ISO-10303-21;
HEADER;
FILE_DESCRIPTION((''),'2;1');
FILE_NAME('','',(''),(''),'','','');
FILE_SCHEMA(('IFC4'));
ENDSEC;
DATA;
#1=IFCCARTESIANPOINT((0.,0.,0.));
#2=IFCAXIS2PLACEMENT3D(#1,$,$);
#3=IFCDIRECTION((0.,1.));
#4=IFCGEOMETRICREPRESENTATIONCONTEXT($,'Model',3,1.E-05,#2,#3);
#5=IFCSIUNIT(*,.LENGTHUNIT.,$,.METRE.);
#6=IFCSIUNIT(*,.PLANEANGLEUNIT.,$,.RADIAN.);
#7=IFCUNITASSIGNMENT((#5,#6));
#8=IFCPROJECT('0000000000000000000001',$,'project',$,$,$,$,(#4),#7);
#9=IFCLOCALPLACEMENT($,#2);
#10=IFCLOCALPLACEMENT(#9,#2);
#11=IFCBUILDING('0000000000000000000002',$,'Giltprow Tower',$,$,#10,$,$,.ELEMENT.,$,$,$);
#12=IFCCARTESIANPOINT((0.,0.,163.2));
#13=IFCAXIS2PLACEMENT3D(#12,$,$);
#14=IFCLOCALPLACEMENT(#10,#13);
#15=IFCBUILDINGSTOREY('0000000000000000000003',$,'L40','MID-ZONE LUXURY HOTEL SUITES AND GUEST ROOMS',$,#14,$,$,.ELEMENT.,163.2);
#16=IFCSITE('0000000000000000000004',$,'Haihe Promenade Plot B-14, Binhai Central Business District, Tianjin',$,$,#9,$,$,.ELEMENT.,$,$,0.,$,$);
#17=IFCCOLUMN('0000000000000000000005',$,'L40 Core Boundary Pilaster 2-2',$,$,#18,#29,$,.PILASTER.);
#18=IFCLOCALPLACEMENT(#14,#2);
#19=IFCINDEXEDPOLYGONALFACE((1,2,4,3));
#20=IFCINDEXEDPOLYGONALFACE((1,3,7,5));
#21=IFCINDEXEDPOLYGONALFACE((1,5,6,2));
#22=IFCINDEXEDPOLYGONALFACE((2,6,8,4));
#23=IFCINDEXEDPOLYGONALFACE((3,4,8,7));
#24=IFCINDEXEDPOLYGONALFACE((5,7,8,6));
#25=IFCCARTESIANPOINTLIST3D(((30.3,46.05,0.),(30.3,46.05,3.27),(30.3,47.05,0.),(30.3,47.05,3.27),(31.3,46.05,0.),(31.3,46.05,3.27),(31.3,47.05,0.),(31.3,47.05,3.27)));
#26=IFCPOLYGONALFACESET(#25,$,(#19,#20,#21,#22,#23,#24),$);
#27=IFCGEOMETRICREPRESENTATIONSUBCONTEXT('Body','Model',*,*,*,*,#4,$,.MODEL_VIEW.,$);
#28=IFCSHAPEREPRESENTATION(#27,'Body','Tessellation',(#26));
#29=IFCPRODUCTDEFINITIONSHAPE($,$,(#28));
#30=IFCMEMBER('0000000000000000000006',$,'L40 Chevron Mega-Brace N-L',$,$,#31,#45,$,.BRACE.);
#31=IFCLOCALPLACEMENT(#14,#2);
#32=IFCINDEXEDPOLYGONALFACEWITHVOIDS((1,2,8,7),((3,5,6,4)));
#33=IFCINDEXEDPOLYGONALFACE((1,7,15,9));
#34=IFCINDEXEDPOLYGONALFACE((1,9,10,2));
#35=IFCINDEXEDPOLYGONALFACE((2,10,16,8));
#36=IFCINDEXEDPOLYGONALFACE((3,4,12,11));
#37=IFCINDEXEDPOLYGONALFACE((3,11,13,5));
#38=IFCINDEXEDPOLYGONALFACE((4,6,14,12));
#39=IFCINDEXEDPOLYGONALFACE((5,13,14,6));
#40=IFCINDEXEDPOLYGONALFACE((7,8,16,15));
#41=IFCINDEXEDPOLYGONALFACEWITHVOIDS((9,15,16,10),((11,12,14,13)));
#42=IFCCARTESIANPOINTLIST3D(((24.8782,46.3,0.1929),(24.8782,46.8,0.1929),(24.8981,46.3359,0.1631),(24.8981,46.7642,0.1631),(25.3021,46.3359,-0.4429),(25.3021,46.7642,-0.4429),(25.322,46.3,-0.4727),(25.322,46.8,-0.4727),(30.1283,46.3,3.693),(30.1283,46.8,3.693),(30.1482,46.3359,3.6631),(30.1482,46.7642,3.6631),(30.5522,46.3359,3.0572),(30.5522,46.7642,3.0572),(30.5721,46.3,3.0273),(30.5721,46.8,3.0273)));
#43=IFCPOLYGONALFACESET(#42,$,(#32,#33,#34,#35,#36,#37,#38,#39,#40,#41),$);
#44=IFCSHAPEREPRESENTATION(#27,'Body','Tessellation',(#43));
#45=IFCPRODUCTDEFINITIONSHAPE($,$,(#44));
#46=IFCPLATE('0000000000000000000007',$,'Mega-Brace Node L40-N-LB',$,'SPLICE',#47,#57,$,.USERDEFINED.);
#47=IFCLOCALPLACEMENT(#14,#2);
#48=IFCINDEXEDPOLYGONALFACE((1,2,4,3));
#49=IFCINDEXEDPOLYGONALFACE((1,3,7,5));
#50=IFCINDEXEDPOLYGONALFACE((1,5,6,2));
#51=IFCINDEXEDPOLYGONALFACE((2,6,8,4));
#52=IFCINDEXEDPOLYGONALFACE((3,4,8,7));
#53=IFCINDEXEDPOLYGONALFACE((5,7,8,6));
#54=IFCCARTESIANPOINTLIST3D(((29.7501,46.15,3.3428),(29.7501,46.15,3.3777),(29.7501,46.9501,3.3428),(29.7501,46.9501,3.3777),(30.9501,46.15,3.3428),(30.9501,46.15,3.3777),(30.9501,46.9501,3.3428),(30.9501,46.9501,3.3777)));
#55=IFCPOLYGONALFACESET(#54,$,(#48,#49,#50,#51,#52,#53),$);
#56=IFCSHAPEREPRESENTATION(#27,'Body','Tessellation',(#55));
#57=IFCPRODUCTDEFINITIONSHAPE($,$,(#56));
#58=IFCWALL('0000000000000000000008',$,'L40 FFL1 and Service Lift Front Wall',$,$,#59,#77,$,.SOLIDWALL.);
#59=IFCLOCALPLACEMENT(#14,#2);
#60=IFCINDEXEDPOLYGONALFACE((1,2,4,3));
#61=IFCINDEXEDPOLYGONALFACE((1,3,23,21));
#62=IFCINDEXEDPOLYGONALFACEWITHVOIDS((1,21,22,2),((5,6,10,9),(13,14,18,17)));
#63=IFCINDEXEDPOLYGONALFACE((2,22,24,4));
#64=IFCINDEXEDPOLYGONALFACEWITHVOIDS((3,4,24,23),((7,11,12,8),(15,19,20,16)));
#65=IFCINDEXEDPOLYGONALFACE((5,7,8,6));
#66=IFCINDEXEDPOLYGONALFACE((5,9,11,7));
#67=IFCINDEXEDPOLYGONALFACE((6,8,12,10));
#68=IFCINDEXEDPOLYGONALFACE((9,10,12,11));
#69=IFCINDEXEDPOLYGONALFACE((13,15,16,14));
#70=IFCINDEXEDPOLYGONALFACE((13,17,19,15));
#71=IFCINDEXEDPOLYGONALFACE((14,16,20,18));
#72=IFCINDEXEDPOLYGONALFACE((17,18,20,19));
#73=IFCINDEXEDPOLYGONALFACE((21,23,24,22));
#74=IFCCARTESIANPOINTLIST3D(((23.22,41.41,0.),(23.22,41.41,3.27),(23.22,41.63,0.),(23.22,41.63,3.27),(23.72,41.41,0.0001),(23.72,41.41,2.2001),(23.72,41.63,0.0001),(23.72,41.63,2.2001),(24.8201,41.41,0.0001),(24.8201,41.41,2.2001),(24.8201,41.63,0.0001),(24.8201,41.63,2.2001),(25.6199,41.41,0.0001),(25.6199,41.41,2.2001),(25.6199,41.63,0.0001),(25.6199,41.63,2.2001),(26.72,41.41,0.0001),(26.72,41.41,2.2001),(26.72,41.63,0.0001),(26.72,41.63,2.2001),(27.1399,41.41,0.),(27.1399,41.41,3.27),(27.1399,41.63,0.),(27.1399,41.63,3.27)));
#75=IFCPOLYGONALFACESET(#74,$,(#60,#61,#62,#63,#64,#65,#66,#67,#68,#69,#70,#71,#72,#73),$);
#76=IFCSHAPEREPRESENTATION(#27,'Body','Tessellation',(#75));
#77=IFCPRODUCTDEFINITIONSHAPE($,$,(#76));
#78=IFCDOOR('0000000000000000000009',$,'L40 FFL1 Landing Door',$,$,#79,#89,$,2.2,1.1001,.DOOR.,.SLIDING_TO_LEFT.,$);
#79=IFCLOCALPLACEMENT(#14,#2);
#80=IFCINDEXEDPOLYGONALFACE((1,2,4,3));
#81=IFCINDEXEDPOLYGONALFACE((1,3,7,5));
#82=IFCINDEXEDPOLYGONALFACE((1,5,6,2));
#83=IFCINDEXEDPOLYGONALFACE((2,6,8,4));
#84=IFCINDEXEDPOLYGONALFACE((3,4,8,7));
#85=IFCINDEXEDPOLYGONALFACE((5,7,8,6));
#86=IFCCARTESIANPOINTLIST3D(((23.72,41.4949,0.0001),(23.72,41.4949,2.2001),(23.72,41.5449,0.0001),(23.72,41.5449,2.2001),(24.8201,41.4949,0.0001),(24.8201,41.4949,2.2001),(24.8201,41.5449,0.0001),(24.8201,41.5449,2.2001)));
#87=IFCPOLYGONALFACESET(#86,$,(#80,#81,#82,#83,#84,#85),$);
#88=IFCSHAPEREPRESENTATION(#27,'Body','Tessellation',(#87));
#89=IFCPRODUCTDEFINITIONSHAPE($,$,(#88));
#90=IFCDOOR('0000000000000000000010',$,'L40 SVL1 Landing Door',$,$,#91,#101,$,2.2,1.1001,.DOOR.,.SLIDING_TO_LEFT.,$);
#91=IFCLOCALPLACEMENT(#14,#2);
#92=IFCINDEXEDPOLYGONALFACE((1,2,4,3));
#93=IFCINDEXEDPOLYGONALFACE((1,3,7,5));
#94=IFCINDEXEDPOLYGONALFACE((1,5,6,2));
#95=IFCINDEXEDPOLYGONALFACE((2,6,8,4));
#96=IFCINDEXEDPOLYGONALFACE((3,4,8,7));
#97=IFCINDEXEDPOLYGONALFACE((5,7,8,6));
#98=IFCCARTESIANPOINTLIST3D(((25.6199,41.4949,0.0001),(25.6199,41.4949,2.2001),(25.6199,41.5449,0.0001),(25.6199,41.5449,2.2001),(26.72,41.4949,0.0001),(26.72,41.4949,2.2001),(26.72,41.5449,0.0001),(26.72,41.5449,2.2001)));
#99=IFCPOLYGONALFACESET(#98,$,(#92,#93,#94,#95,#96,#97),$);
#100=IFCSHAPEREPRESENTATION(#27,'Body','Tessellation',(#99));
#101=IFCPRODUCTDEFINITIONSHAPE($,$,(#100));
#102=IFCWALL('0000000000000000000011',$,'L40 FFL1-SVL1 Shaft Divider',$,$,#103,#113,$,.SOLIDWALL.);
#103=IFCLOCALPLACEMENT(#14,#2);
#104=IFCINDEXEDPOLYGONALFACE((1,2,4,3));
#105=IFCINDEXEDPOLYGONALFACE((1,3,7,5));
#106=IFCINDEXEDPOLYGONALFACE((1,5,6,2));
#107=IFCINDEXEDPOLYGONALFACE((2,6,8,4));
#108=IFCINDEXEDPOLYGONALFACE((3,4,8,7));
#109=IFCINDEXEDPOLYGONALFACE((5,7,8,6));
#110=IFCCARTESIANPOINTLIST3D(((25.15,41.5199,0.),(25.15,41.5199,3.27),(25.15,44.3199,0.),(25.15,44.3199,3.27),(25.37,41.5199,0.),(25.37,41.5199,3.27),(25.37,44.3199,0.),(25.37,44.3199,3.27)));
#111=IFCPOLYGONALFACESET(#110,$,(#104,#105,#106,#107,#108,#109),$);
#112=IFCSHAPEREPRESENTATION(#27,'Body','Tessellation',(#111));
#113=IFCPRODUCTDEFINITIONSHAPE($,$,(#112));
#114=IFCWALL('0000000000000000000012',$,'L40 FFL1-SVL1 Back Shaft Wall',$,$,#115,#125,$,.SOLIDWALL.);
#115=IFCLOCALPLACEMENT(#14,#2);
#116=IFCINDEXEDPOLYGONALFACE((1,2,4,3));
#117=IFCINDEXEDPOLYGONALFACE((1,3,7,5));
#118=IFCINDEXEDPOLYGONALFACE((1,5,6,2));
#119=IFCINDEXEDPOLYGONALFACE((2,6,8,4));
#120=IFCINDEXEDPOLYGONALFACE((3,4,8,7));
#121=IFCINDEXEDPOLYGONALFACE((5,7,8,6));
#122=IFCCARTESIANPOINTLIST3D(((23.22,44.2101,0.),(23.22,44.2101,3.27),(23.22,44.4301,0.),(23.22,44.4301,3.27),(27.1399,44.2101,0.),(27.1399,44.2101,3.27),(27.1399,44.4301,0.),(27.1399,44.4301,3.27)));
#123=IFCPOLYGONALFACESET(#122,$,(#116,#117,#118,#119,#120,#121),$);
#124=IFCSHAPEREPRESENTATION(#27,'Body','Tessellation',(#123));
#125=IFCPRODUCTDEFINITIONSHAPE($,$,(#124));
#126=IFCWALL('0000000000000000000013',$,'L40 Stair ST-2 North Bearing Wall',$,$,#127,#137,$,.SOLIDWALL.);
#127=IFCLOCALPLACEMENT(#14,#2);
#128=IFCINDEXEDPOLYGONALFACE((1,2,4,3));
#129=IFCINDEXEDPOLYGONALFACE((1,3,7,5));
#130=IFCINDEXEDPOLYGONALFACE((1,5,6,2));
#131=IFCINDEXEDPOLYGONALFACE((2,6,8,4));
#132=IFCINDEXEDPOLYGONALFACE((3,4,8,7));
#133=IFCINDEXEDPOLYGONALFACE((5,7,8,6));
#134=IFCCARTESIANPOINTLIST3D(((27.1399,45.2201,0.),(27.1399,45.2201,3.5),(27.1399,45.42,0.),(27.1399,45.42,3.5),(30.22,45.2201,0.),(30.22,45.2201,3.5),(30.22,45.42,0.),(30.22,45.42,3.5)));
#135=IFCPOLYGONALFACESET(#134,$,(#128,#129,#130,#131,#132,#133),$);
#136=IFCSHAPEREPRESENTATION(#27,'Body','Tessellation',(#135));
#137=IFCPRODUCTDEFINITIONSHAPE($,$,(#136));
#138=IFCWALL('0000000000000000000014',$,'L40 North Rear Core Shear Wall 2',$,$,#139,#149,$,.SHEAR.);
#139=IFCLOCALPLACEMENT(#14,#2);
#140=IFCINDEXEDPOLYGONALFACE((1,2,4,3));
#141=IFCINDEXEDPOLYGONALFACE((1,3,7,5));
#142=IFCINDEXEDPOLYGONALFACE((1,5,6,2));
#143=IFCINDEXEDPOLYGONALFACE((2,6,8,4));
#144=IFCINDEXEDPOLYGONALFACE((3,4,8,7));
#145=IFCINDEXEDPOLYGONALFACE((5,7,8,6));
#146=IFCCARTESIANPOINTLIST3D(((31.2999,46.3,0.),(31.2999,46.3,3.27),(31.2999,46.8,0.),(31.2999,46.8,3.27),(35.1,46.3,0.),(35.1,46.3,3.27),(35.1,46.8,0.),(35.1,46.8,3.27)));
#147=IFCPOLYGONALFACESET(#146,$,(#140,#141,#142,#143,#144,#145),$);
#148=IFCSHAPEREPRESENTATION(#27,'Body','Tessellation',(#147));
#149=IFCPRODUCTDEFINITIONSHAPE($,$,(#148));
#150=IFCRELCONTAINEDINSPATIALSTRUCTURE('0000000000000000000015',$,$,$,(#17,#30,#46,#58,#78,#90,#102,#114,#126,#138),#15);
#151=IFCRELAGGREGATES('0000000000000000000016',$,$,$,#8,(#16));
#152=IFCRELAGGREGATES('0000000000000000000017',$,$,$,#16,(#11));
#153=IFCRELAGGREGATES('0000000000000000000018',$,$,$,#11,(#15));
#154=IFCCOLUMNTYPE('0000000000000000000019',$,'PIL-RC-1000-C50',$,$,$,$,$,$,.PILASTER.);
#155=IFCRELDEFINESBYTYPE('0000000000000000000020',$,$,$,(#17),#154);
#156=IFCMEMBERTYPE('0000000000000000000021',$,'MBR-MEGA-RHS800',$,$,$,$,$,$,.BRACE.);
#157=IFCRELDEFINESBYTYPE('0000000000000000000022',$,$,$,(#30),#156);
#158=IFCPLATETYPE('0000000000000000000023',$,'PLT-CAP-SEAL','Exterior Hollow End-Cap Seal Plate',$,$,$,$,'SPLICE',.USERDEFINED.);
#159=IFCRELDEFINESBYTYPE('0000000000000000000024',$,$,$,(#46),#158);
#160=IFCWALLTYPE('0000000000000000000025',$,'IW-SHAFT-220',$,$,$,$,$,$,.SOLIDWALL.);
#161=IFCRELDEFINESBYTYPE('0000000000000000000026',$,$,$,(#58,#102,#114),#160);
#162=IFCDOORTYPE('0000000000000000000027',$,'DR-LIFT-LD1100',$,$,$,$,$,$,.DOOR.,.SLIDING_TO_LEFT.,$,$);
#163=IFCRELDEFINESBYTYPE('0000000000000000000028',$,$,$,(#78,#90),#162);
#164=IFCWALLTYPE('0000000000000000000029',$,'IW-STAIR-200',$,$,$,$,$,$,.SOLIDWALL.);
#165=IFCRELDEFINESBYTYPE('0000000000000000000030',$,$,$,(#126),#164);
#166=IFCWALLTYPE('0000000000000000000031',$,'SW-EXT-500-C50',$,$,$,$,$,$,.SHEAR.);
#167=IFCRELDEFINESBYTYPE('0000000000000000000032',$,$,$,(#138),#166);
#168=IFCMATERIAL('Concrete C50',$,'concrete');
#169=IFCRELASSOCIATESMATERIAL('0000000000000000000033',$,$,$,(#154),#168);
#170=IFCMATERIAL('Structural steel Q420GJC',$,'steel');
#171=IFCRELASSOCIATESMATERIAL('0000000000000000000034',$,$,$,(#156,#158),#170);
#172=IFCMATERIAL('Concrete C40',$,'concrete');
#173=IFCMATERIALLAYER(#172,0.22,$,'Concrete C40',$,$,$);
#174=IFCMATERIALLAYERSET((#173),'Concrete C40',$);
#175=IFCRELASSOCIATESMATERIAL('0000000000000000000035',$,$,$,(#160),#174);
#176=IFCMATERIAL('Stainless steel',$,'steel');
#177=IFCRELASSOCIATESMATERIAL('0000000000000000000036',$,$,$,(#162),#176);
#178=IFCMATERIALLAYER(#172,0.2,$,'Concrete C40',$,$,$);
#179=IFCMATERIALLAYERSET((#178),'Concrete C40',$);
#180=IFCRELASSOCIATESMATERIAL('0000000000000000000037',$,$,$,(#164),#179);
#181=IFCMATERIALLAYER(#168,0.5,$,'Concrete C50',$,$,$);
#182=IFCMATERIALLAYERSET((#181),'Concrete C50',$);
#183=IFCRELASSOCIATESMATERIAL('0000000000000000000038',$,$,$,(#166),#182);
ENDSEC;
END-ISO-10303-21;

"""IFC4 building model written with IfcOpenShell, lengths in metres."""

from ifc_helpers import new_model, si_unit, direction, frame, frame_2d, origin, origin_2d, place, context, subcontext, project, spatial, rectangle, hollow_rectangle, extrude, source, transform, mapped, material, layer, layer_set, material_profile, profile_set, type_object, element, fill, save


model = new_model("IFC4")

# Units and contexts
model_context = context("Model", 3, precision=1e-05, world=origin(), true_north=direction((0.0, 1.0)))
body_context = subcontext(model_context, "Body", "Model", "MODEL_VIEW")
ifc_project = project(units=[si_unit("LENGTHUNIT", "METRE"), si_unit("PLANEANGLEUNIT", "RADIAN")], contexts=[model_context])

# Site, building, storey
site_placement = place(None, origin())
site = spatial("IfcSite", under=ifc_project, at=site_placement, Name="Haihe Promenade Plot B-14, Binhai Central Business District, Tianjin", CompositionType="ELEMENT", RefElevation=0.0)
building_placement = place(site_placement, origin())
building = spatial("IfcBuilding", under=site, at=building_placement, Name="Giltprow Tower", CompositionType="ELEMENT")
storey_placement = place(building_placement, frame((0.0, 0.0, 163.2)))
storey = spatial("IfcBuildingStorey", under=building, at=storey_placement, Name="L40", Description="MID-ZONE LUXURY HOTEL SUITES AND GUEST ROOMS", CompositionType="ELEMENT", Elevation=163.2)

# Column
ifc_material_1 = material(Name="Concrete C50", Category="concrete")
ifc_material_profile_1 = material_profile(ifc_material_1, rectangle(XDim=1.0, YDim=1.0, at=origin_2d()), Name="RC 1000x1000")
ifc_profile_set_1 = profile_set([ifc_material_profile_1], Name="Concrete C50")
column_type = type_object("IfcColumnType", Name="PIL-RC-1000-C50", PredefinedType="PILASTER", material=ifc_profile_set_1)
shared_shape_1 = source(origin(), body_context, "Body", "SweptSolid", [
    extrude(rectangle(XDim=1.0, YDim=1.0, at=origin_2d()), origin(), (0.0, 0.0, 1.0), 3.27),
])
column_placement = place(storey_placement, frame((30.8, 46.55, 0.0), z_axis=(0.0, 0.0, 1.0), x_axis=(1.0, 0.0, 0.0)))
element("IfcColumn", 1, at=column_placement, inside=storey, type_object=column_type, Name="L40 Core Boundary Pilaster 2-2", PredefinedType="PILASTER", context=body_context, shape_type="MappedRepresentation", body=[
    mapped(shared_shape_1, transform((0.0, 0.0, 0.0), x_axis=(1.0, 0.0, 0.0), y_axis=(0.0, 1.0, 0.0), z_axis=(0.0, 0.0, 1.0), scale=1.0)),
])

# Member
ifc_material_2 = material(Name="Structural steel Q420GJC", Category="steel")
ifc_material_profile_2 = material_profile(ifc_material_2, hollow_rectangle(XDim=0.5, YDim=0.8, WallThickness=0.0359, at=origin_2d()), Name="RHS 800x500x36")
ifc_profile_set_2 = profile_set([ifc_material_profile_2], Name="Structural steel Q420GJC")
member_type = type_object("IfcMemberType", Name="MBR-MEGA-RHS800", PredefinedType="BRACE", material=ifc_profile_set_2)
shared_shape_2 = source(origin(), body_context, "Body", "SweptSolid", [
    extrude(hollow_rectangle(XDim=0.5, YDim=0.8, WallThickness=0.0359, at=origin_2d()), origin(), (0.0, 0.0, 1.0), 6.3098),
])
member_placement = place(storey_placement, frame((25.1001, 46.55, -0.1399), z_axis=(0.83205, 0.0, 0.5547), x_axis=(0.0, 1.0, 0.0)))
element("IfcMember", 2, at=member_placement, inside=storey, type_object=member_type, Name="L40 Chevron Mega-Brace N-L", PredefinedType="BRACE", context=body_context, shape_type="MappedRepresentation", body=[
    mapped(shared_shape_2, transform((0.0, 0.0, 0.0), x_axis=(1.0, 0.0, 0.0), y_axis=(0.0, 1.0, 0.0), z_axis=(0.0, 0.0, 1.0), scale=1.0)),
])

# Plate
plate_type = type_object("IfcPlateType", Name="PLT-CAP-SEAL", Description="Exterior Hollow End-Cap Seal Plate", ElementType="SPLICE", PredefinedType="USERDEFINED", material=ifc_material_2)
shared_shape_3 = source(origin(), body_context, "Body", "SweptSolid", [
    extrude(rectangle(XDim=1.2, YDim=0.8, at=origin_2d()), origin(), (0.0, 0.0, 1.0), 0.0349),
])
plate_placement = place(storey_placement, frame((30.3501, 46.55, 3.3428), z_axis=(0.0, 0.0, 1.0), x_axis=(1.0, 0.0, 0.0)))
element("IfcPlate", 3, at=plate_placement, inside=storey, type_object=plate_type, Name="Mega-Brace Node L40-N-LB", ObjectType="SPLICE", PredefinedType="USERDEFINED", context=body_context, shape_type="MappedRepresentation", body=[
    mapped(shared_shape_3, transform((0.0, 0.0, 0.0), x_axis=(1.0, 0.0, 0.0), y_axis=(0.0, 1.0, 0.0), z_axis=(0.0, 0.0, 1.0), scale=1.0)),
])

# Wall, openings, doors
ifc_material_3 = material(Name="Concrete C40", Category="concrete")
ifc_layer_1 = layer(ifc_material_3, 0.22, Name="Concrete C40")
ifc_layer_set_1 = layer_set([ifc_layer_1], Name="Concrete C40")
wall_type_1 = type_object("IfcWallType", Name="IW-SHAFT-220", PredefinedType="SOLIDWALL", material=ifc_layer_set_1)
wall_1_placement = place(storey_placement, frame((23.22, 41.52, 0.0), z_axis=(0.0, 0.0, 1.0), x_axis=(1.0, 0.0, 0.0)))
wall_1 = element("IfcWall", 4, at=wall_1_placement, inside=storey, type_object=wall_type_1, Name="L40 FFL1 and Service Lift Front Wall", PredefinedType="SOLIDWALL", context=body_context, shape_type="SweptSolid", body=[
    extrude(rectangle(XDim=3.9199, YDim=0.22, at=frame_2d((1.96, 0.0))), origin(), (0.0, 0.0, 1.0), 3.27),
])
opening_1_placement = place(wall_1_placement, frame((0.5, 0.0, 0.0)))
opening_1 = element("IfcOpeningElement", 5, at=opening_1_placement, cuts=wall_1, PredefinedType="OPENING", context=body_context, shape_type="SweptSolid", body=[
    extrude(rectangle(XDim=1.1001, YDim=2.2, at=frame_2d((0.55, 1.1001))), frame((0.0, 0.1199, 0.0), z_axis=(0.0, -1.0, 0.0), x_axis=(1.0, 0.0, 0.0)), (0.0, 0.0, 1.0), 0.24),
])
opening_2_placement = place(wall_1_placement, frame((2.3999, 0.0, 0.0)))
opening_2 = element("IfcOpeningElement", 6, at=opening_2_placement, cuts=wall_1, PredefinedType="OPENING", context=body_context, shape_type="SweptSolid", body=[
    extrude(rectangle(XDim=1.1001, YDim=2.2, at=frame_2d((0.55, 1.1001))), frame((0.0, 0.1199, 0.0), z_axis=(0.0, -1.0, 0.0), x_axis=(1.0, 0.0, 0.0)), (0.0, 0.0, 1.0), 0.24),
])
ifc_material_4 = material(Name="Stainless steel", Category="steel")
door_type = type_object("IfcDoorType", Name="DR-LIFT-LD1100", OperationType="SLIDING_TO_LEFT", PredefinedType="DOOR", material=ifc_material_4)
shared_shape_4 = source(origin(), body_context, "Body", "SweptSolid", [
    extrude(rectangle(XDim=1.1001, YDim=2.2, at=frame_2d((0.55, 1.1001))), frame((0.0, 0.0249, 0.0), z_axis=(0.0, -1.0, 0.0), x_axis=(1.0, 0.0, 0.0)), (0.0, 0.0, 1.0), 0.05),
])
door_1_placement = place(opening_1_placement, origin())
door_1 = element("IfcDoor", 7, at=door_1_placement, inside=storey, type_object=door_type, Name="L40 FFL1 Landing Door", OperationType="SLIDING_TO_LEFT", OverallHeight=2.2, OverallWidth=1.1001, PredefinedType="DOOR", context=body_context, shape_type="MappedRepresentation", body=[
    mapped(shared_shape_4, transform((0.0, 0.0, 0.0), x_axis=(1.0, 0.0, 0.0), y_axis=(0.0, 1.0, 0.0), z_axis=(0.0, 0.0, 1.0), scale=1.0)),
])
fill(opening_1, door_1)
door_2_placement = place(opening_2_placement, origin())
door_2 = element("IfcDoor", 8, at=door_2_placement, inside=storey, type_object=door_type, Name="L40 SVL1 Landing Door", OperationType="SLIDING_TO_LEFT", OverallHeight=2.2, OverallWidth=1.1001, PredefinedType="DOOR", context=body_context, shape_type="MappedRepresentation", body=[
    mapped(shared_shape_4, transform((0.0, 0.0, 0.0), x_axis=(1.0, 0.0, 0.0), y_axis=(0.0, 1.0, 0.0), z_axis=(0.0, 0.0, 1.0), scale=1.0)),
])
fill(opening_2, door_2)

# Walls
wall_2_placement = place(storey_placement, frame((25.26, 41.52, 0.0), z_axis=(0.0, 0.0, 1.0), x_axis=(0.0, 1.0, 0.0)))
element("IfcWall", 9, at=wall_2_placement, inside=storey, type_object=wall_type_1, Name="L40 FFL1-SVL1 Shaft Divider", PredefinedType="SOLIDWALL", context=body_context, shape_type="SweptSolid", body=[
    extrude(rectangle(XDim=2.8, YDim=0.22, at=frame_2d((1.3999, 0.0))), origin(), (0.0, 0.0, 1.0), 3.27),
])
wall_3_placement = place(storey_placement, frame((23.22, 44.3201, 0.0), z_axis=(0.0, 0.0, 1.0), x_axis=(1.0, 0.0, 0.0)))
element("IfcWall", 10, at=wall_3_placement, inside=storey, type_object=wall_type_1, Name="L40 FFL1-SVL1 Back Shaft Wall", PredefinedType="SOLIDWALL", context=body_context, shape_type="SweptSolid", body=[
    extrude(rectangle(XDim=3.9199, YDim=0.22, at=frame_2d((1.96, 0.0))), origin(), (0.0, 0.0, 1.0), 3.27),
])
ifc_layer_2 = layer(ifc_material_3, 0.2, Name="Concrete C40")
ifc_layer_set_2 = layer_set([ifc_layer_2], Name="Concrete C40")
wall_type_2 = type_object("IfcWallType", Name="IW-STAIR-200", PredefinedType="SOLIDWALL", material=ifc_layer_set_2)
wall_4_placement = place(storey_placement, frame((27.1399, 45.3201, 0.0), z_axis=(0.0, 0.0, 1.0), x_axis=(1.0, 0.0, 0.0)))
element("IfcWall", 11, at=wall_4_placement, inside=storey, type_object=wall_type_2, Name="L40 Stair ST-2 North Bearing Wall", PredefinedType="SOLIDWALL", context=body_context, shape_type="SweptSolid", body=[
    extrude(rectangle(XDim=3.0801, YDim=0.2, at=frame_2d((1.54, 0.0))), origin(), (0.0, 0.0, 1.0), 3.5),
])
ifc_layer_3 = layer(ifc_material_1, 0.5, Name="Concrete C50")
ifc_layer_set_3 = layer_set([ifc_layer_3], Name="Concrete C50")
wall_type_3 = type_object("IfcWallType", Name="SW-EXT-500-C50", PredefinedType="SHEAR", material=ifc_layer_set_3)
wall_5_placement = place(storey_placement, frame((31.3, 46.55, 0.0), z_axis=(0.0, 0.0, 1.0), x_axis=(1.0, 0.0, 0.0)))
element("IfcWall", 12, at=wall_5_placement, inside=storey, type_object=wall_type_3, Name="L40 North Rear Core Shear Wall 2", PredefinedType="SHEAR", context=body_context, shape_type="SweptSolid", body=[
    extrude(rectangle(XDim=3.8, YDim=0.5, at=frame_2d((1.8999, 0.0))), origin(), (0.0, 0.0, 1.0), 3.27),
])

save(model, "model.ifc")
